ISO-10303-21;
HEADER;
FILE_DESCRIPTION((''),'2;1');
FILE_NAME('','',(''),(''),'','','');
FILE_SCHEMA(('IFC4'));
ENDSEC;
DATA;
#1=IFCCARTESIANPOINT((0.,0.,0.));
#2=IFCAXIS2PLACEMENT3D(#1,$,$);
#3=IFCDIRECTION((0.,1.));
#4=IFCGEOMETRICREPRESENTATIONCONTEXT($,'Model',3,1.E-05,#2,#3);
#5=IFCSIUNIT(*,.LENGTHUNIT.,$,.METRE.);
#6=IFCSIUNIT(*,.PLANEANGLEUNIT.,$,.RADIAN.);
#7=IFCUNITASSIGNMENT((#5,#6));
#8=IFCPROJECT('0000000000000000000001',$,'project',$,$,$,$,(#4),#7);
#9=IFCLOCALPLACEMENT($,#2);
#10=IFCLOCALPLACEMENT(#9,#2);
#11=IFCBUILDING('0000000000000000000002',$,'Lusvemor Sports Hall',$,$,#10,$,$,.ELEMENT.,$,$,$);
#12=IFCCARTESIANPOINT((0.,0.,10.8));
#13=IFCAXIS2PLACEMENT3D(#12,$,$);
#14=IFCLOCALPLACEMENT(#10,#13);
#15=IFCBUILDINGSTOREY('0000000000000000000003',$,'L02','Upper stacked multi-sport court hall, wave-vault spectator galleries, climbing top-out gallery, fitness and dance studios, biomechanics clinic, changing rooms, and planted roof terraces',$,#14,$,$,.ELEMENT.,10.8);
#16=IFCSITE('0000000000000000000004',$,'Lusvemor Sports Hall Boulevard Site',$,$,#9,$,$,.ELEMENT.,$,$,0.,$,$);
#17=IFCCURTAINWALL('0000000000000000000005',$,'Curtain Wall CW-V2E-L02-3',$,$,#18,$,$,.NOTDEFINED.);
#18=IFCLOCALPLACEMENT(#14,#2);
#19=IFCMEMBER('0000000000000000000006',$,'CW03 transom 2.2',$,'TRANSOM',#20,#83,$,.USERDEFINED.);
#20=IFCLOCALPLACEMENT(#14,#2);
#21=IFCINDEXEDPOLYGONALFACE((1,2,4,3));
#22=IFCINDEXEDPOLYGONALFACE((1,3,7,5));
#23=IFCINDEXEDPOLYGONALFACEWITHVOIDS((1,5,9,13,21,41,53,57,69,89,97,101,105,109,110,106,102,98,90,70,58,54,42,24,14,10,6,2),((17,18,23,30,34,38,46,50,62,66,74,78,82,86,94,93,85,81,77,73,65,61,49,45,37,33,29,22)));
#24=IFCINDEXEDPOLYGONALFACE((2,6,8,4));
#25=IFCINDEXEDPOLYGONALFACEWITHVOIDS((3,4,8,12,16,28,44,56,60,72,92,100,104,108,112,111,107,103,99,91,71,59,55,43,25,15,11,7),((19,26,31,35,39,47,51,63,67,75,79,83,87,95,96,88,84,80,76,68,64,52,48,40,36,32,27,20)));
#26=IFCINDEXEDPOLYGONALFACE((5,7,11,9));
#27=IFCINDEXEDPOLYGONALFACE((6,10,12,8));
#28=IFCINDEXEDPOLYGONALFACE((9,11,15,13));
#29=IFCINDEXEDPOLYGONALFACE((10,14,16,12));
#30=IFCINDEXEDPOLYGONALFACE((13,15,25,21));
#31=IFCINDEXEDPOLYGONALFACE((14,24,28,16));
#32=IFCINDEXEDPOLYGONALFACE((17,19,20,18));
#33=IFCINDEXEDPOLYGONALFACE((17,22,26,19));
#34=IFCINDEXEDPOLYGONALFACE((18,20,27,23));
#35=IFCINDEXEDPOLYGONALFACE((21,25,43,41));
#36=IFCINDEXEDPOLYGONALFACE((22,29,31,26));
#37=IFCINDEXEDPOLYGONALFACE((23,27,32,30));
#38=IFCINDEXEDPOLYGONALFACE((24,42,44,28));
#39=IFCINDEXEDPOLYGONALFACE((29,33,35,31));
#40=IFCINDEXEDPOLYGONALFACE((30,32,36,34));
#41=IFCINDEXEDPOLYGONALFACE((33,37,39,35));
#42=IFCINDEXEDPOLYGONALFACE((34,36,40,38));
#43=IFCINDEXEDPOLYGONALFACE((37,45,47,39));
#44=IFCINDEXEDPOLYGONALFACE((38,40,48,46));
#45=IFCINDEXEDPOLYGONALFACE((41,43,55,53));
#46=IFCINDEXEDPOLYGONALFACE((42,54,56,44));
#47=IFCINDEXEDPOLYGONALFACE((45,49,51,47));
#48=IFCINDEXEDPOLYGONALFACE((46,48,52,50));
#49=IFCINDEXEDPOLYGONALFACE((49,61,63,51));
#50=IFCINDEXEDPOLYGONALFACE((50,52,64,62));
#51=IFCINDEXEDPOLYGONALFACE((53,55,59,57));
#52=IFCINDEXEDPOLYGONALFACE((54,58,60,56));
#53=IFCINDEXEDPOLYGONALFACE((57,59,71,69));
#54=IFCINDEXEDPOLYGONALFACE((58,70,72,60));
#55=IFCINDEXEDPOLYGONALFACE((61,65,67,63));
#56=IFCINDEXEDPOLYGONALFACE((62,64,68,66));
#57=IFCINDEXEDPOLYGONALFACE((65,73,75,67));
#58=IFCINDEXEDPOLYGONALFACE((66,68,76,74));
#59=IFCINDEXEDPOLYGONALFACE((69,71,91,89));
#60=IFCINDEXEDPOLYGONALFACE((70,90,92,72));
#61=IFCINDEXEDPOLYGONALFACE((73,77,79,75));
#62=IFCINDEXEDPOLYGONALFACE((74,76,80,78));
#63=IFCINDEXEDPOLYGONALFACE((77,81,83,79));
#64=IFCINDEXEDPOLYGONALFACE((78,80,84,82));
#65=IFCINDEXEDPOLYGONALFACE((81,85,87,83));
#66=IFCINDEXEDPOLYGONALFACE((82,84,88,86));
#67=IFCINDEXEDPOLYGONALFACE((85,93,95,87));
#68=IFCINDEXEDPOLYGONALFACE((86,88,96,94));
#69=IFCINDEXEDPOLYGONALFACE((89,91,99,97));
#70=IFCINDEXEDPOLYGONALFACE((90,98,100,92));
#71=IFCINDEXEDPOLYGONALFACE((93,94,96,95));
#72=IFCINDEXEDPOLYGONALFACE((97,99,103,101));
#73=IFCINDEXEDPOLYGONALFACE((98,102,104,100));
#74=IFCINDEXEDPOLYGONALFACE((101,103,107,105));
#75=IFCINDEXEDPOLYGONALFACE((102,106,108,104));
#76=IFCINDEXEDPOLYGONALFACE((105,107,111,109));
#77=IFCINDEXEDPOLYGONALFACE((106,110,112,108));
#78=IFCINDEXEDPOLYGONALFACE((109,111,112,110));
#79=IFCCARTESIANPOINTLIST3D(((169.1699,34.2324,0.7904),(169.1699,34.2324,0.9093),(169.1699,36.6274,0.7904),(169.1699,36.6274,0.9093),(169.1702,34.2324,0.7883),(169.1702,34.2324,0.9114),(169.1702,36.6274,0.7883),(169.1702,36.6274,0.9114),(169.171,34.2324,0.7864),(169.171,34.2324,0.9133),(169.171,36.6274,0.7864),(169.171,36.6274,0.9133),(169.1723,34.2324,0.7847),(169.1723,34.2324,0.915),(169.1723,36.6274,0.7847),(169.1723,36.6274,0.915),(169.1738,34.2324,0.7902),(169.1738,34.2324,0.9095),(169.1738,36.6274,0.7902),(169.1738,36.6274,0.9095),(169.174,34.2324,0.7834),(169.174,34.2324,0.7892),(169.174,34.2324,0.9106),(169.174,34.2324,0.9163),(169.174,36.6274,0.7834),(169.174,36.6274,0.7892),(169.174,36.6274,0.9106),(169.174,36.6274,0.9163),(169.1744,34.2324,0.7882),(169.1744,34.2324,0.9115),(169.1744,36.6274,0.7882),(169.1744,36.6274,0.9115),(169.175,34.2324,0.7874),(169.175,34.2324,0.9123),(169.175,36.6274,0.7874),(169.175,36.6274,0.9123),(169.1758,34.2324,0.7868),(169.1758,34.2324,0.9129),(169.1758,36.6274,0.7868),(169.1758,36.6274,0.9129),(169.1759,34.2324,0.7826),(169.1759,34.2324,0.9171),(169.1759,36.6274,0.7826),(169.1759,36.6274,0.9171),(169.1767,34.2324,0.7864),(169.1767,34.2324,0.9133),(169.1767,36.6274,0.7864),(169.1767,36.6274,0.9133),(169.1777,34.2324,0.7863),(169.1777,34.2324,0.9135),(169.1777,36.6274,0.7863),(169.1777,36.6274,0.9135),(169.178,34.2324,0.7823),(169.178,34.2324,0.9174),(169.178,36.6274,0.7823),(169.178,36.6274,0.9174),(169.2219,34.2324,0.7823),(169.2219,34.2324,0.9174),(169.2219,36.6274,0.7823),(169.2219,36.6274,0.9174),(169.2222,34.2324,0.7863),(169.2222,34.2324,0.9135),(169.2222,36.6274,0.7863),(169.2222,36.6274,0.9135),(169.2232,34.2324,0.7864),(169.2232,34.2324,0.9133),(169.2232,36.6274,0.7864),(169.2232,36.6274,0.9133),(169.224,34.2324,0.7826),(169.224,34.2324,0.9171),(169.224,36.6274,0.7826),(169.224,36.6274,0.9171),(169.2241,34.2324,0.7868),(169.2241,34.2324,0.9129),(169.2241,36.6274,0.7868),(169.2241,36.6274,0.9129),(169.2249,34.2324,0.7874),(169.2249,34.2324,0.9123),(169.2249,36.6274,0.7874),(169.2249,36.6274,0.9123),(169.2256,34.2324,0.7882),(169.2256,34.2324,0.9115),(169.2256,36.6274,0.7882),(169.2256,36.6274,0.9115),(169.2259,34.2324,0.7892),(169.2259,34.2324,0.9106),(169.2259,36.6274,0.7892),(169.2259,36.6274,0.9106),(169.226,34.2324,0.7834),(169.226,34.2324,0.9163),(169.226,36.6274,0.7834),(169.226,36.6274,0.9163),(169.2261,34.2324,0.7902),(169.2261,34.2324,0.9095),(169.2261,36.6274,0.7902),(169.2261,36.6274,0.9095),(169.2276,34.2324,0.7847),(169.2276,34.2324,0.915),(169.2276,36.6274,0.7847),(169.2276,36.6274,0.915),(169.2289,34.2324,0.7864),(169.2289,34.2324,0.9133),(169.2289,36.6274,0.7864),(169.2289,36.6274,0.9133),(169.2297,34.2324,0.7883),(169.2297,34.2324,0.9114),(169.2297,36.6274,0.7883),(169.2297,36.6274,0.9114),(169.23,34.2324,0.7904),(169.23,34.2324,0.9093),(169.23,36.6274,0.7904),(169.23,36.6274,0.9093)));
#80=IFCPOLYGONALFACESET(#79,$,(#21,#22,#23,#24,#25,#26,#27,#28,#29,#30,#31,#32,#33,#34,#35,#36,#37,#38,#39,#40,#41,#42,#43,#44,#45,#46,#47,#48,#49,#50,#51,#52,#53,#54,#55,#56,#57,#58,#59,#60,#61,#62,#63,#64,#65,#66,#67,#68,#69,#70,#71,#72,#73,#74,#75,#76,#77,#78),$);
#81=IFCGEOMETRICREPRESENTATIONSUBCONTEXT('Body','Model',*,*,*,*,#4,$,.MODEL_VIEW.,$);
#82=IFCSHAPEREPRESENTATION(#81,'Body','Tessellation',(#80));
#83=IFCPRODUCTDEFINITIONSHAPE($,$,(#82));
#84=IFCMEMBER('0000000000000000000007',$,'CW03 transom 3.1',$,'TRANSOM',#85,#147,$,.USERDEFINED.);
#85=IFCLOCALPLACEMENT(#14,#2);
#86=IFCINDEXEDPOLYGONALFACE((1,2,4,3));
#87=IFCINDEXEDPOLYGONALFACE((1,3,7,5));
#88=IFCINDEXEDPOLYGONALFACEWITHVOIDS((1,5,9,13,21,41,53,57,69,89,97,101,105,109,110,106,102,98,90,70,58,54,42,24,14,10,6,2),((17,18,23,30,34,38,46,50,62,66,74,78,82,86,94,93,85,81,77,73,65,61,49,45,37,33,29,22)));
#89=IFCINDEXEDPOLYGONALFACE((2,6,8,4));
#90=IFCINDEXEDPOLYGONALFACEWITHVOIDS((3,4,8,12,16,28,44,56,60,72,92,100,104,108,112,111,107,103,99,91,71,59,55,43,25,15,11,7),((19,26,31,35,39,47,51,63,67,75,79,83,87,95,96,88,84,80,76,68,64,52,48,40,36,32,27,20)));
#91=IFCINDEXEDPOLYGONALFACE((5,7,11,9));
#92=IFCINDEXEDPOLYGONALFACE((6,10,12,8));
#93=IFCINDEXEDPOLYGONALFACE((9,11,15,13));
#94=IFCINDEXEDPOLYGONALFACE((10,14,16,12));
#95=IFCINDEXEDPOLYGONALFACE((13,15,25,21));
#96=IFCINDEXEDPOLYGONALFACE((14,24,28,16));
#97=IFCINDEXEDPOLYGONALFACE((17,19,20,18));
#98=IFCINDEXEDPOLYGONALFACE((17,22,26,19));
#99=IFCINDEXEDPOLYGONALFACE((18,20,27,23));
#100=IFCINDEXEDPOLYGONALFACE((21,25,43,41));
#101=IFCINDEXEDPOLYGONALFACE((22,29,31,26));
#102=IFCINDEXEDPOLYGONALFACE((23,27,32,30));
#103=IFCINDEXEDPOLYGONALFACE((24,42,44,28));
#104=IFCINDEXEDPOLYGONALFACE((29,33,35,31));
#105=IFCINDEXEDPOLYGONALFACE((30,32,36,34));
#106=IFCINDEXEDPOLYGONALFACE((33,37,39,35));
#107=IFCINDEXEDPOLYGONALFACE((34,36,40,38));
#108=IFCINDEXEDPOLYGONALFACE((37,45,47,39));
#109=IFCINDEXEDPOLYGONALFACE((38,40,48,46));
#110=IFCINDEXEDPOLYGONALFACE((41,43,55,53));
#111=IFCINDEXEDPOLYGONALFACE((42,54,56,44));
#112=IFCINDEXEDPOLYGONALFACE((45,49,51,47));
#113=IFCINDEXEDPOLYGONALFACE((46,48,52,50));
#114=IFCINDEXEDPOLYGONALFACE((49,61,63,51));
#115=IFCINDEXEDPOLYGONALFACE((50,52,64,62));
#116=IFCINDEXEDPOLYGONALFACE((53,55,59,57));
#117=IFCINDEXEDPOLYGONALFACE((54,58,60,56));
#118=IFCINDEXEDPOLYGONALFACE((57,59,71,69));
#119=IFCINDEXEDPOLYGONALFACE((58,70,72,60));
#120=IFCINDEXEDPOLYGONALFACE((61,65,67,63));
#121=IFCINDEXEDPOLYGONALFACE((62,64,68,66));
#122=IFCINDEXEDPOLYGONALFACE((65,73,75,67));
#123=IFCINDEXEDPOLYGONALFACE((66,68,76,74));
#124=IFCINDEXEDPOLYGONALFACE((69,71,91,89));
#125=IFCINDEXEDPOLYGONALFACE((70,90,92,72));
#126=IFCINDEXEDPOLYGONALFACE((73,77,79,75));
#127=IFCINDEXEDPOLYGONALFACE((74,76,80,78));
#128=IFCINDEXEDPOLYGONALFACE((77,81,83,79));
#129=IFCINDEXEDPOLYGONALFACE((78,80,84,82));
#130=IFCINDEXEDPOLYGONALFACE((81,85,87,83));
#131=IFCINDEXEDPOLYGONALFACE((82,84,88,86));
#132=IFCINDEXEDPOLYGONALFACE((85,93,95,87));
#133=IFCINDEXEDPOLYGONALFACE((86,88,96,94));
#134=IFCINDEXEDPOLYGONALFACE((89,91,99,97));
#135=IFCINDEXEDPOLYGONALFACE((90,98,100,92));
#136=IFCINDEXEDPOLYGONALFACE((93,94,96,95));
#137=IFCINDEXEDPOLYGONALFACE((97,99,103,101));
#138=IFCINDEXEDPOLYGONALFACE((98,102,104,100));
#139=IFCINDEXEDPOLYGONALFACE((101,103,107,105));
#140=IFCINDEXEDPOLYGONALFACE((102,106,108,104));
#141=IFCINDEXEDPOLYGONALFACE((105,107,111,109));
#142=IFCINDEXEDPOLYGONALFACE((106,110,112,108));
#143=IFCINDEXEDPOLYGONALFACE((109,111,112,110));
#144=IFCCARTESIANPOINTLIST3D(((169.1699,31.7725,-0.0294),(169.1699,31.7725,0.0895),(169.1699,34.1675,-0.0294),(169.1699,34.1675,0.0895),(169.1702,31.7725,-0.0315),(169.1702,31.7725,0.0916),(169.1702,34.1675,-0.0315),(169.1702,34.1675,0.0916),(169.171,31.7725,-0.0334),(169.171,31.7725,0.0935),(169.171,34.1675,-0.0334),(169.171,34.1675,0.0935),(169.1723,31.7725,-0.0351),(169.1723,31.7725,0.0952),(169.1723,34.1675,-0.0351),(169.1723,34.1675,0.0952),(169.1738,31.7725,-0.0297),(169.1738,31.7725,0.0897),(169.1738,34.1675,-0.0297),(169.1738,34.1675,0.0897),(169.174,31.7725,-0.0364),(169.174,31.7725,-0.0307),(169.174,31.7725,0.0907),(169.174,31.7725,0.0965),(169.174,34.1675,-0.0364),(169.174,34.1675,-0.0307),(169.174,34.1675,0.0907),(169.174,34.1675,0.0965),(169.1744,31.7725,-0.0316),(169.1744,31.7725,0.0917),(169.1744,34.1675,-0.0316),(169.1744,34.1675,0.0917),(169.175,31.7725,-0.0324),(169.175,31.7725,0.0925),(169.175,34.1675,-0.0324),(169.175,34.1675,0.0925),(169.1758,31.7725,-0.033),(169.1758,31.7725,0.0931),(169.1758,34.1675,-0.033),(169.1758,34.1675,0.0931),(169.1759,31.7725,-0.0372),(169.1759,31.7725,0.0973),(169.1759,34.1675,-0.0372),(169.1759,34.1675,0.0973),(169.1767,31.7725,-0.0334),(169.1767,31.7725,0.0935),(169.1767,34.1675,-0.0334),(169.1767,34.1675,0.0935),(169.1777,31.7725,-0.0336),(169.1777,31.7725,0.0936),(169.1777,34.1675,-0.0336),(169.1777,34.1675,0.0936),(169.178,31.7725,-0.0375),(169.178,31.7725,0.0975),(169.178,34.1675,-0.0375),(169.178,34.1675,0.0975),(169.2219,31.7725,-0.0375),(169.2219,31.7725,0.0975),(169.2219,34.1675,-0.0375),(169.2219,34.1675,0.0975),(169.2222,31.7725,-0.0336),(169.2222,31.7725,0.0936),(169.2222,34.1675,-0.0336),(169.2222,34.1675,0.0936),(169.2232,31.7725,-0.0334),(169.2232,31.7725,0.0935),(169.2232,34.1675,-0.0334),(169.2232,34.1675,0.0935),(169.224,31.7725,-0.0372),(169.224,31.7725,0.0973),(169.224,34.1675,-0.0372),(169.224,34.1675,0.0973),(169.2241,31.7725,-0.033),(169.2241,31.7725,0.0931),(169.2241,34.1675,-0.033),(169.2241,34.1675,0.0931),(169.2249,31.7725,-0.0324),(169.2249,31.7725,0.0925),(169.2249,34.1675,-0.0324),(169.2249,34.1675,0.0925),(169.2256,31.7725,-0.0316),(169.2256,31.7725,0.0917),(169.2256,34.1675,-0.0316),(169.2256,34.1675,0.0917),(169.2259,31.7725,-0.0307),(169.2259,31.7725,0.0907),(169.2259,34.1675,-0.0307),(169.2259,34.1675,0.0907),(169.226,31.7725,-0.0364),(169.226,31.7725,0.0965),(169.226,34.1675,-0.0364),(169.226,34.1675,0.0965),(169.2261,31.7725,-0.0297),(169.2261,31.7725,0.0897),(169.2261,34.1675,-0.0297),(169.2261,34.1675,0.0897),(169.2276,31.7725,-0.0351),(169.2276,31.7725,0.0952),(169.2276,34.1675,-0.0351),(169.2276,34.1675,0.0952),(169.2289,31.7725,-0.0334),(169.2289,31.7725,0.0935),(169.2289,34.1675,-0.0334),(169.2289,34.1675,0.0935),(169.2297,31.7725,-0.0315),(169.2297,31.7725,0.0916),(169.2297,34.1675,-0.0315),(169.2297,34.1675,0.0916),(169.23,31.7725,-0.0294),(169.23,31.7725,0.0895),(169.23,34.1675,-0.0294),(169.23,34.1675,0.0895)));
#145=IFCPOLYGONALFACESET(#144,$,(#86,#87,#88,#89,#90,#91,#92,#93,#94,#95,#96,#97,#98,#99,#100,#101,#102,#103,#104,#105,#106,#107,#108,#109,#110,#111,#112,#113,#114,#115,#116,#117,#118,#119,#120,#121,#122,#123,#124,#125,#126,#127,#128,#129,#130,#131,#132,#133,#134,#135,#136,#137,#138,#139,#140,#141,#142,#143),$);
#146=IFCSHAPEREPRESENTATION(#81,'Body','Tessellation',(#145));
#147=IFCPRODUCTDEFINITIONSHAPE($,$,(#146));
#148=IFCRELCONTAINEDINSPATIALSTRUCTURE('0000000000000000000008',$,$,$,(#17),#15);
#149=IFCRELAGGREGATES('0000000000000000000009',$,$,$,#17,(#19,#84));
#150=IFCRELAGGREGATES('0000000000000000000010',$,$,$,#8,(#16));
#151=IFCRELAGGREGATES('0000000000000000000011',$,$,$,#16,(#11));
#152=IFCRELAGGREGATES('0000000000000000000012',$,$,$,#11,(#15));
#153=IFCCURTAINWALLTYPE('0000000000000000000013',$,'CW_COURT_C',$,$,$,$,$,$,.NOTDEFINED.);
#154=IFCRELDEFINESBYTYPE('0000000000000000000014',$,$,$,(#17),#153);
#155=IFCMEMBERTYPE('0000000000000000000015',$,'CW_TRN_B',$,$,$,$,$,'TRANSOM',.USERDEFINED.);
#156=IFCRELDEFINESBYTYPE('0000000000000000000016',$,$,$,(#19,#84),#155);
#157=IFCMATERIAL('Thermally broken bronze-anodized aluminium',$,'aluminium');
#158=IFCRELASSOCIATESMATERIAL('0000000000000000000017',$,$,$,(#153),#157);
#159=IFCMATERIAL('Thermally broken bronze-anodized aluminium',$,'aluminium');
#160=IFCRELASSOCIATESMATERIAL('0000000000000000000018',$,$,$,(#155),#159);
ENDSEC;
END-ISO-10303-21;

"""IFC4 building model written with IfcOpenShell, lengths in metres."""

from ifc_helpers import new_model, si_unit, direction, frame, origin, origin_2d, place, context, subcontext, project, spatial, hollow_rectangle, extrude, material, material_profile, profile_set, type_object, element, aggregate, save


model = new_model("IFC4")

# Units and contexts
model_context = context("Model", 3, precision=1e-05, world=origin(), true_north=direction((0.0, 1.0)))
body_context = subcontext(model_context, "Body", "Model", "MODEL_VIEW")
ifc_project = project(units=[si_unit("LENGTHUNIT", "METRE"), si_unit("PLANEANGLEUNIT", "RADIAN")], contexts=[model_context])

# Site, building, storey
site_placement = place(None, origin())
site = spatial("IfcSite", under=ifc_project, at=site_placement, Name="Lusvemor Sports Hall Boulevard Site", CompositionType="ELEMENT", RefElevation=0.0)
building_placement = place(site_placement, origin())
building = spatial("IfcBuilding", under=site, at=building_placement, Name="Lusvemor Sports Hall", CompositionType="ELEMENT")
storey_placement = place(building_placement, frame((0.0, 0.0, 10.8)))
storey = spatial("IfcBuildingStorey", under=building, at=storey_placement, Name="L02", Description="Upper stacked multi-sport court hall, wave-vault spectator galleries, climbing top-out gallery, fitness and dance studios, biomechanics clinic, changing rooms, and planted roof terraces", CompositionType="ELEMENT", Elevation=10.8)

# Curtain wall, members
ifc_material_1 = material(Name="Thermally broken bronze-anodized aluminium", Category="aluminium")
curtain_wall_type = type_object("IfcCurtainWallType", Name="CW_COURT_C", PredefinedType="NOTDEFINED", material=ifc_material_1)
curtain_wall_placement = place(storey_placement, origin())
curtain_wall = element("IfcCurtainWall", 1, at=curtain_wall_placement, inside=storey, type_object=curtain_wall_type, Name="Curtain Wall CW-V2E-L02-3", PredefinedType="NOTDEFINED")
ifc_material_2 = material(Name="Thermally broken bronze-anodized aluminium", Category="aluminium")
ifc_material_profile_1 = material_profile(ifc_material_2, hollow_rectangle(XDim=0.0601, YDim=0.135, WallThickness=0.0039, InnerFilletRadius=0.0039, OuterFilletRadius=0.0081, at=origin_2d()), Name="CWTRN135x60x4")
ifc_profile_set_1 = profile_set([ifc_material_profile_1], Name="Thermally broken bronze-anodized aluminium")
member_type_1 = type_object("IfcMemberType", Name="CW_TRN_B", ElementType="TRANSOM", PredefinedType="USERDEFINED", material=ifc_profile_set_1)
member_1_placement = place(storey_placement, frame((169.2, 36.6274, 0.8499), z_axis=(0.0, -1.0, 0.0), x_axis=(1.0, 0.0, 0.0)))
member_1 = element("IfcMember", 2, at=member_1_placement, type_object=member_type_1, Name="CW03 transom 2.2", ObjectType="TRANSOM", PredefinedType="USERDEFINED", context=body_context, shape_type="SweptSolid", body=[
    extrude(hollow_rectangle(XDim=0.0601, YDim=0.135, WallThickness=0.0039, InnerFilletRadius=0.0039, OuterFilletRadius=0.0081, at=origin_2d()), origin(), (0.0, 0.0, 1.0), 2.395),
])
member_2_placement = place(storey_placement, frame((169.2, 34.1675, 0.03), z_axis=(0.0, -1.0, 0.0), x_axis=(1.0, 0.0, 0.0)))
member_2 = element("IfcMember", 3, at=member_2_placement, type_object=member_type_1, Name="CW03 transom 3.1", ObjectType="TRANSOM", PredefinedType="USERDEFINED", context=body_context, shape_type="SweptSolid", body=[
    extrude(hollow_rectangle(XDim=0.0601, YDim=0.135, WallThickness=0.0039, InnerFilletRadius=0.0039, OuterFilletRadius=0.0081, at=origin_2d()), origin(), (0.0, 0.0, 1.0), 2.395),
])

aggregate(curtain_wall, [member_1, member_2])

save(model, "model.ifc")
